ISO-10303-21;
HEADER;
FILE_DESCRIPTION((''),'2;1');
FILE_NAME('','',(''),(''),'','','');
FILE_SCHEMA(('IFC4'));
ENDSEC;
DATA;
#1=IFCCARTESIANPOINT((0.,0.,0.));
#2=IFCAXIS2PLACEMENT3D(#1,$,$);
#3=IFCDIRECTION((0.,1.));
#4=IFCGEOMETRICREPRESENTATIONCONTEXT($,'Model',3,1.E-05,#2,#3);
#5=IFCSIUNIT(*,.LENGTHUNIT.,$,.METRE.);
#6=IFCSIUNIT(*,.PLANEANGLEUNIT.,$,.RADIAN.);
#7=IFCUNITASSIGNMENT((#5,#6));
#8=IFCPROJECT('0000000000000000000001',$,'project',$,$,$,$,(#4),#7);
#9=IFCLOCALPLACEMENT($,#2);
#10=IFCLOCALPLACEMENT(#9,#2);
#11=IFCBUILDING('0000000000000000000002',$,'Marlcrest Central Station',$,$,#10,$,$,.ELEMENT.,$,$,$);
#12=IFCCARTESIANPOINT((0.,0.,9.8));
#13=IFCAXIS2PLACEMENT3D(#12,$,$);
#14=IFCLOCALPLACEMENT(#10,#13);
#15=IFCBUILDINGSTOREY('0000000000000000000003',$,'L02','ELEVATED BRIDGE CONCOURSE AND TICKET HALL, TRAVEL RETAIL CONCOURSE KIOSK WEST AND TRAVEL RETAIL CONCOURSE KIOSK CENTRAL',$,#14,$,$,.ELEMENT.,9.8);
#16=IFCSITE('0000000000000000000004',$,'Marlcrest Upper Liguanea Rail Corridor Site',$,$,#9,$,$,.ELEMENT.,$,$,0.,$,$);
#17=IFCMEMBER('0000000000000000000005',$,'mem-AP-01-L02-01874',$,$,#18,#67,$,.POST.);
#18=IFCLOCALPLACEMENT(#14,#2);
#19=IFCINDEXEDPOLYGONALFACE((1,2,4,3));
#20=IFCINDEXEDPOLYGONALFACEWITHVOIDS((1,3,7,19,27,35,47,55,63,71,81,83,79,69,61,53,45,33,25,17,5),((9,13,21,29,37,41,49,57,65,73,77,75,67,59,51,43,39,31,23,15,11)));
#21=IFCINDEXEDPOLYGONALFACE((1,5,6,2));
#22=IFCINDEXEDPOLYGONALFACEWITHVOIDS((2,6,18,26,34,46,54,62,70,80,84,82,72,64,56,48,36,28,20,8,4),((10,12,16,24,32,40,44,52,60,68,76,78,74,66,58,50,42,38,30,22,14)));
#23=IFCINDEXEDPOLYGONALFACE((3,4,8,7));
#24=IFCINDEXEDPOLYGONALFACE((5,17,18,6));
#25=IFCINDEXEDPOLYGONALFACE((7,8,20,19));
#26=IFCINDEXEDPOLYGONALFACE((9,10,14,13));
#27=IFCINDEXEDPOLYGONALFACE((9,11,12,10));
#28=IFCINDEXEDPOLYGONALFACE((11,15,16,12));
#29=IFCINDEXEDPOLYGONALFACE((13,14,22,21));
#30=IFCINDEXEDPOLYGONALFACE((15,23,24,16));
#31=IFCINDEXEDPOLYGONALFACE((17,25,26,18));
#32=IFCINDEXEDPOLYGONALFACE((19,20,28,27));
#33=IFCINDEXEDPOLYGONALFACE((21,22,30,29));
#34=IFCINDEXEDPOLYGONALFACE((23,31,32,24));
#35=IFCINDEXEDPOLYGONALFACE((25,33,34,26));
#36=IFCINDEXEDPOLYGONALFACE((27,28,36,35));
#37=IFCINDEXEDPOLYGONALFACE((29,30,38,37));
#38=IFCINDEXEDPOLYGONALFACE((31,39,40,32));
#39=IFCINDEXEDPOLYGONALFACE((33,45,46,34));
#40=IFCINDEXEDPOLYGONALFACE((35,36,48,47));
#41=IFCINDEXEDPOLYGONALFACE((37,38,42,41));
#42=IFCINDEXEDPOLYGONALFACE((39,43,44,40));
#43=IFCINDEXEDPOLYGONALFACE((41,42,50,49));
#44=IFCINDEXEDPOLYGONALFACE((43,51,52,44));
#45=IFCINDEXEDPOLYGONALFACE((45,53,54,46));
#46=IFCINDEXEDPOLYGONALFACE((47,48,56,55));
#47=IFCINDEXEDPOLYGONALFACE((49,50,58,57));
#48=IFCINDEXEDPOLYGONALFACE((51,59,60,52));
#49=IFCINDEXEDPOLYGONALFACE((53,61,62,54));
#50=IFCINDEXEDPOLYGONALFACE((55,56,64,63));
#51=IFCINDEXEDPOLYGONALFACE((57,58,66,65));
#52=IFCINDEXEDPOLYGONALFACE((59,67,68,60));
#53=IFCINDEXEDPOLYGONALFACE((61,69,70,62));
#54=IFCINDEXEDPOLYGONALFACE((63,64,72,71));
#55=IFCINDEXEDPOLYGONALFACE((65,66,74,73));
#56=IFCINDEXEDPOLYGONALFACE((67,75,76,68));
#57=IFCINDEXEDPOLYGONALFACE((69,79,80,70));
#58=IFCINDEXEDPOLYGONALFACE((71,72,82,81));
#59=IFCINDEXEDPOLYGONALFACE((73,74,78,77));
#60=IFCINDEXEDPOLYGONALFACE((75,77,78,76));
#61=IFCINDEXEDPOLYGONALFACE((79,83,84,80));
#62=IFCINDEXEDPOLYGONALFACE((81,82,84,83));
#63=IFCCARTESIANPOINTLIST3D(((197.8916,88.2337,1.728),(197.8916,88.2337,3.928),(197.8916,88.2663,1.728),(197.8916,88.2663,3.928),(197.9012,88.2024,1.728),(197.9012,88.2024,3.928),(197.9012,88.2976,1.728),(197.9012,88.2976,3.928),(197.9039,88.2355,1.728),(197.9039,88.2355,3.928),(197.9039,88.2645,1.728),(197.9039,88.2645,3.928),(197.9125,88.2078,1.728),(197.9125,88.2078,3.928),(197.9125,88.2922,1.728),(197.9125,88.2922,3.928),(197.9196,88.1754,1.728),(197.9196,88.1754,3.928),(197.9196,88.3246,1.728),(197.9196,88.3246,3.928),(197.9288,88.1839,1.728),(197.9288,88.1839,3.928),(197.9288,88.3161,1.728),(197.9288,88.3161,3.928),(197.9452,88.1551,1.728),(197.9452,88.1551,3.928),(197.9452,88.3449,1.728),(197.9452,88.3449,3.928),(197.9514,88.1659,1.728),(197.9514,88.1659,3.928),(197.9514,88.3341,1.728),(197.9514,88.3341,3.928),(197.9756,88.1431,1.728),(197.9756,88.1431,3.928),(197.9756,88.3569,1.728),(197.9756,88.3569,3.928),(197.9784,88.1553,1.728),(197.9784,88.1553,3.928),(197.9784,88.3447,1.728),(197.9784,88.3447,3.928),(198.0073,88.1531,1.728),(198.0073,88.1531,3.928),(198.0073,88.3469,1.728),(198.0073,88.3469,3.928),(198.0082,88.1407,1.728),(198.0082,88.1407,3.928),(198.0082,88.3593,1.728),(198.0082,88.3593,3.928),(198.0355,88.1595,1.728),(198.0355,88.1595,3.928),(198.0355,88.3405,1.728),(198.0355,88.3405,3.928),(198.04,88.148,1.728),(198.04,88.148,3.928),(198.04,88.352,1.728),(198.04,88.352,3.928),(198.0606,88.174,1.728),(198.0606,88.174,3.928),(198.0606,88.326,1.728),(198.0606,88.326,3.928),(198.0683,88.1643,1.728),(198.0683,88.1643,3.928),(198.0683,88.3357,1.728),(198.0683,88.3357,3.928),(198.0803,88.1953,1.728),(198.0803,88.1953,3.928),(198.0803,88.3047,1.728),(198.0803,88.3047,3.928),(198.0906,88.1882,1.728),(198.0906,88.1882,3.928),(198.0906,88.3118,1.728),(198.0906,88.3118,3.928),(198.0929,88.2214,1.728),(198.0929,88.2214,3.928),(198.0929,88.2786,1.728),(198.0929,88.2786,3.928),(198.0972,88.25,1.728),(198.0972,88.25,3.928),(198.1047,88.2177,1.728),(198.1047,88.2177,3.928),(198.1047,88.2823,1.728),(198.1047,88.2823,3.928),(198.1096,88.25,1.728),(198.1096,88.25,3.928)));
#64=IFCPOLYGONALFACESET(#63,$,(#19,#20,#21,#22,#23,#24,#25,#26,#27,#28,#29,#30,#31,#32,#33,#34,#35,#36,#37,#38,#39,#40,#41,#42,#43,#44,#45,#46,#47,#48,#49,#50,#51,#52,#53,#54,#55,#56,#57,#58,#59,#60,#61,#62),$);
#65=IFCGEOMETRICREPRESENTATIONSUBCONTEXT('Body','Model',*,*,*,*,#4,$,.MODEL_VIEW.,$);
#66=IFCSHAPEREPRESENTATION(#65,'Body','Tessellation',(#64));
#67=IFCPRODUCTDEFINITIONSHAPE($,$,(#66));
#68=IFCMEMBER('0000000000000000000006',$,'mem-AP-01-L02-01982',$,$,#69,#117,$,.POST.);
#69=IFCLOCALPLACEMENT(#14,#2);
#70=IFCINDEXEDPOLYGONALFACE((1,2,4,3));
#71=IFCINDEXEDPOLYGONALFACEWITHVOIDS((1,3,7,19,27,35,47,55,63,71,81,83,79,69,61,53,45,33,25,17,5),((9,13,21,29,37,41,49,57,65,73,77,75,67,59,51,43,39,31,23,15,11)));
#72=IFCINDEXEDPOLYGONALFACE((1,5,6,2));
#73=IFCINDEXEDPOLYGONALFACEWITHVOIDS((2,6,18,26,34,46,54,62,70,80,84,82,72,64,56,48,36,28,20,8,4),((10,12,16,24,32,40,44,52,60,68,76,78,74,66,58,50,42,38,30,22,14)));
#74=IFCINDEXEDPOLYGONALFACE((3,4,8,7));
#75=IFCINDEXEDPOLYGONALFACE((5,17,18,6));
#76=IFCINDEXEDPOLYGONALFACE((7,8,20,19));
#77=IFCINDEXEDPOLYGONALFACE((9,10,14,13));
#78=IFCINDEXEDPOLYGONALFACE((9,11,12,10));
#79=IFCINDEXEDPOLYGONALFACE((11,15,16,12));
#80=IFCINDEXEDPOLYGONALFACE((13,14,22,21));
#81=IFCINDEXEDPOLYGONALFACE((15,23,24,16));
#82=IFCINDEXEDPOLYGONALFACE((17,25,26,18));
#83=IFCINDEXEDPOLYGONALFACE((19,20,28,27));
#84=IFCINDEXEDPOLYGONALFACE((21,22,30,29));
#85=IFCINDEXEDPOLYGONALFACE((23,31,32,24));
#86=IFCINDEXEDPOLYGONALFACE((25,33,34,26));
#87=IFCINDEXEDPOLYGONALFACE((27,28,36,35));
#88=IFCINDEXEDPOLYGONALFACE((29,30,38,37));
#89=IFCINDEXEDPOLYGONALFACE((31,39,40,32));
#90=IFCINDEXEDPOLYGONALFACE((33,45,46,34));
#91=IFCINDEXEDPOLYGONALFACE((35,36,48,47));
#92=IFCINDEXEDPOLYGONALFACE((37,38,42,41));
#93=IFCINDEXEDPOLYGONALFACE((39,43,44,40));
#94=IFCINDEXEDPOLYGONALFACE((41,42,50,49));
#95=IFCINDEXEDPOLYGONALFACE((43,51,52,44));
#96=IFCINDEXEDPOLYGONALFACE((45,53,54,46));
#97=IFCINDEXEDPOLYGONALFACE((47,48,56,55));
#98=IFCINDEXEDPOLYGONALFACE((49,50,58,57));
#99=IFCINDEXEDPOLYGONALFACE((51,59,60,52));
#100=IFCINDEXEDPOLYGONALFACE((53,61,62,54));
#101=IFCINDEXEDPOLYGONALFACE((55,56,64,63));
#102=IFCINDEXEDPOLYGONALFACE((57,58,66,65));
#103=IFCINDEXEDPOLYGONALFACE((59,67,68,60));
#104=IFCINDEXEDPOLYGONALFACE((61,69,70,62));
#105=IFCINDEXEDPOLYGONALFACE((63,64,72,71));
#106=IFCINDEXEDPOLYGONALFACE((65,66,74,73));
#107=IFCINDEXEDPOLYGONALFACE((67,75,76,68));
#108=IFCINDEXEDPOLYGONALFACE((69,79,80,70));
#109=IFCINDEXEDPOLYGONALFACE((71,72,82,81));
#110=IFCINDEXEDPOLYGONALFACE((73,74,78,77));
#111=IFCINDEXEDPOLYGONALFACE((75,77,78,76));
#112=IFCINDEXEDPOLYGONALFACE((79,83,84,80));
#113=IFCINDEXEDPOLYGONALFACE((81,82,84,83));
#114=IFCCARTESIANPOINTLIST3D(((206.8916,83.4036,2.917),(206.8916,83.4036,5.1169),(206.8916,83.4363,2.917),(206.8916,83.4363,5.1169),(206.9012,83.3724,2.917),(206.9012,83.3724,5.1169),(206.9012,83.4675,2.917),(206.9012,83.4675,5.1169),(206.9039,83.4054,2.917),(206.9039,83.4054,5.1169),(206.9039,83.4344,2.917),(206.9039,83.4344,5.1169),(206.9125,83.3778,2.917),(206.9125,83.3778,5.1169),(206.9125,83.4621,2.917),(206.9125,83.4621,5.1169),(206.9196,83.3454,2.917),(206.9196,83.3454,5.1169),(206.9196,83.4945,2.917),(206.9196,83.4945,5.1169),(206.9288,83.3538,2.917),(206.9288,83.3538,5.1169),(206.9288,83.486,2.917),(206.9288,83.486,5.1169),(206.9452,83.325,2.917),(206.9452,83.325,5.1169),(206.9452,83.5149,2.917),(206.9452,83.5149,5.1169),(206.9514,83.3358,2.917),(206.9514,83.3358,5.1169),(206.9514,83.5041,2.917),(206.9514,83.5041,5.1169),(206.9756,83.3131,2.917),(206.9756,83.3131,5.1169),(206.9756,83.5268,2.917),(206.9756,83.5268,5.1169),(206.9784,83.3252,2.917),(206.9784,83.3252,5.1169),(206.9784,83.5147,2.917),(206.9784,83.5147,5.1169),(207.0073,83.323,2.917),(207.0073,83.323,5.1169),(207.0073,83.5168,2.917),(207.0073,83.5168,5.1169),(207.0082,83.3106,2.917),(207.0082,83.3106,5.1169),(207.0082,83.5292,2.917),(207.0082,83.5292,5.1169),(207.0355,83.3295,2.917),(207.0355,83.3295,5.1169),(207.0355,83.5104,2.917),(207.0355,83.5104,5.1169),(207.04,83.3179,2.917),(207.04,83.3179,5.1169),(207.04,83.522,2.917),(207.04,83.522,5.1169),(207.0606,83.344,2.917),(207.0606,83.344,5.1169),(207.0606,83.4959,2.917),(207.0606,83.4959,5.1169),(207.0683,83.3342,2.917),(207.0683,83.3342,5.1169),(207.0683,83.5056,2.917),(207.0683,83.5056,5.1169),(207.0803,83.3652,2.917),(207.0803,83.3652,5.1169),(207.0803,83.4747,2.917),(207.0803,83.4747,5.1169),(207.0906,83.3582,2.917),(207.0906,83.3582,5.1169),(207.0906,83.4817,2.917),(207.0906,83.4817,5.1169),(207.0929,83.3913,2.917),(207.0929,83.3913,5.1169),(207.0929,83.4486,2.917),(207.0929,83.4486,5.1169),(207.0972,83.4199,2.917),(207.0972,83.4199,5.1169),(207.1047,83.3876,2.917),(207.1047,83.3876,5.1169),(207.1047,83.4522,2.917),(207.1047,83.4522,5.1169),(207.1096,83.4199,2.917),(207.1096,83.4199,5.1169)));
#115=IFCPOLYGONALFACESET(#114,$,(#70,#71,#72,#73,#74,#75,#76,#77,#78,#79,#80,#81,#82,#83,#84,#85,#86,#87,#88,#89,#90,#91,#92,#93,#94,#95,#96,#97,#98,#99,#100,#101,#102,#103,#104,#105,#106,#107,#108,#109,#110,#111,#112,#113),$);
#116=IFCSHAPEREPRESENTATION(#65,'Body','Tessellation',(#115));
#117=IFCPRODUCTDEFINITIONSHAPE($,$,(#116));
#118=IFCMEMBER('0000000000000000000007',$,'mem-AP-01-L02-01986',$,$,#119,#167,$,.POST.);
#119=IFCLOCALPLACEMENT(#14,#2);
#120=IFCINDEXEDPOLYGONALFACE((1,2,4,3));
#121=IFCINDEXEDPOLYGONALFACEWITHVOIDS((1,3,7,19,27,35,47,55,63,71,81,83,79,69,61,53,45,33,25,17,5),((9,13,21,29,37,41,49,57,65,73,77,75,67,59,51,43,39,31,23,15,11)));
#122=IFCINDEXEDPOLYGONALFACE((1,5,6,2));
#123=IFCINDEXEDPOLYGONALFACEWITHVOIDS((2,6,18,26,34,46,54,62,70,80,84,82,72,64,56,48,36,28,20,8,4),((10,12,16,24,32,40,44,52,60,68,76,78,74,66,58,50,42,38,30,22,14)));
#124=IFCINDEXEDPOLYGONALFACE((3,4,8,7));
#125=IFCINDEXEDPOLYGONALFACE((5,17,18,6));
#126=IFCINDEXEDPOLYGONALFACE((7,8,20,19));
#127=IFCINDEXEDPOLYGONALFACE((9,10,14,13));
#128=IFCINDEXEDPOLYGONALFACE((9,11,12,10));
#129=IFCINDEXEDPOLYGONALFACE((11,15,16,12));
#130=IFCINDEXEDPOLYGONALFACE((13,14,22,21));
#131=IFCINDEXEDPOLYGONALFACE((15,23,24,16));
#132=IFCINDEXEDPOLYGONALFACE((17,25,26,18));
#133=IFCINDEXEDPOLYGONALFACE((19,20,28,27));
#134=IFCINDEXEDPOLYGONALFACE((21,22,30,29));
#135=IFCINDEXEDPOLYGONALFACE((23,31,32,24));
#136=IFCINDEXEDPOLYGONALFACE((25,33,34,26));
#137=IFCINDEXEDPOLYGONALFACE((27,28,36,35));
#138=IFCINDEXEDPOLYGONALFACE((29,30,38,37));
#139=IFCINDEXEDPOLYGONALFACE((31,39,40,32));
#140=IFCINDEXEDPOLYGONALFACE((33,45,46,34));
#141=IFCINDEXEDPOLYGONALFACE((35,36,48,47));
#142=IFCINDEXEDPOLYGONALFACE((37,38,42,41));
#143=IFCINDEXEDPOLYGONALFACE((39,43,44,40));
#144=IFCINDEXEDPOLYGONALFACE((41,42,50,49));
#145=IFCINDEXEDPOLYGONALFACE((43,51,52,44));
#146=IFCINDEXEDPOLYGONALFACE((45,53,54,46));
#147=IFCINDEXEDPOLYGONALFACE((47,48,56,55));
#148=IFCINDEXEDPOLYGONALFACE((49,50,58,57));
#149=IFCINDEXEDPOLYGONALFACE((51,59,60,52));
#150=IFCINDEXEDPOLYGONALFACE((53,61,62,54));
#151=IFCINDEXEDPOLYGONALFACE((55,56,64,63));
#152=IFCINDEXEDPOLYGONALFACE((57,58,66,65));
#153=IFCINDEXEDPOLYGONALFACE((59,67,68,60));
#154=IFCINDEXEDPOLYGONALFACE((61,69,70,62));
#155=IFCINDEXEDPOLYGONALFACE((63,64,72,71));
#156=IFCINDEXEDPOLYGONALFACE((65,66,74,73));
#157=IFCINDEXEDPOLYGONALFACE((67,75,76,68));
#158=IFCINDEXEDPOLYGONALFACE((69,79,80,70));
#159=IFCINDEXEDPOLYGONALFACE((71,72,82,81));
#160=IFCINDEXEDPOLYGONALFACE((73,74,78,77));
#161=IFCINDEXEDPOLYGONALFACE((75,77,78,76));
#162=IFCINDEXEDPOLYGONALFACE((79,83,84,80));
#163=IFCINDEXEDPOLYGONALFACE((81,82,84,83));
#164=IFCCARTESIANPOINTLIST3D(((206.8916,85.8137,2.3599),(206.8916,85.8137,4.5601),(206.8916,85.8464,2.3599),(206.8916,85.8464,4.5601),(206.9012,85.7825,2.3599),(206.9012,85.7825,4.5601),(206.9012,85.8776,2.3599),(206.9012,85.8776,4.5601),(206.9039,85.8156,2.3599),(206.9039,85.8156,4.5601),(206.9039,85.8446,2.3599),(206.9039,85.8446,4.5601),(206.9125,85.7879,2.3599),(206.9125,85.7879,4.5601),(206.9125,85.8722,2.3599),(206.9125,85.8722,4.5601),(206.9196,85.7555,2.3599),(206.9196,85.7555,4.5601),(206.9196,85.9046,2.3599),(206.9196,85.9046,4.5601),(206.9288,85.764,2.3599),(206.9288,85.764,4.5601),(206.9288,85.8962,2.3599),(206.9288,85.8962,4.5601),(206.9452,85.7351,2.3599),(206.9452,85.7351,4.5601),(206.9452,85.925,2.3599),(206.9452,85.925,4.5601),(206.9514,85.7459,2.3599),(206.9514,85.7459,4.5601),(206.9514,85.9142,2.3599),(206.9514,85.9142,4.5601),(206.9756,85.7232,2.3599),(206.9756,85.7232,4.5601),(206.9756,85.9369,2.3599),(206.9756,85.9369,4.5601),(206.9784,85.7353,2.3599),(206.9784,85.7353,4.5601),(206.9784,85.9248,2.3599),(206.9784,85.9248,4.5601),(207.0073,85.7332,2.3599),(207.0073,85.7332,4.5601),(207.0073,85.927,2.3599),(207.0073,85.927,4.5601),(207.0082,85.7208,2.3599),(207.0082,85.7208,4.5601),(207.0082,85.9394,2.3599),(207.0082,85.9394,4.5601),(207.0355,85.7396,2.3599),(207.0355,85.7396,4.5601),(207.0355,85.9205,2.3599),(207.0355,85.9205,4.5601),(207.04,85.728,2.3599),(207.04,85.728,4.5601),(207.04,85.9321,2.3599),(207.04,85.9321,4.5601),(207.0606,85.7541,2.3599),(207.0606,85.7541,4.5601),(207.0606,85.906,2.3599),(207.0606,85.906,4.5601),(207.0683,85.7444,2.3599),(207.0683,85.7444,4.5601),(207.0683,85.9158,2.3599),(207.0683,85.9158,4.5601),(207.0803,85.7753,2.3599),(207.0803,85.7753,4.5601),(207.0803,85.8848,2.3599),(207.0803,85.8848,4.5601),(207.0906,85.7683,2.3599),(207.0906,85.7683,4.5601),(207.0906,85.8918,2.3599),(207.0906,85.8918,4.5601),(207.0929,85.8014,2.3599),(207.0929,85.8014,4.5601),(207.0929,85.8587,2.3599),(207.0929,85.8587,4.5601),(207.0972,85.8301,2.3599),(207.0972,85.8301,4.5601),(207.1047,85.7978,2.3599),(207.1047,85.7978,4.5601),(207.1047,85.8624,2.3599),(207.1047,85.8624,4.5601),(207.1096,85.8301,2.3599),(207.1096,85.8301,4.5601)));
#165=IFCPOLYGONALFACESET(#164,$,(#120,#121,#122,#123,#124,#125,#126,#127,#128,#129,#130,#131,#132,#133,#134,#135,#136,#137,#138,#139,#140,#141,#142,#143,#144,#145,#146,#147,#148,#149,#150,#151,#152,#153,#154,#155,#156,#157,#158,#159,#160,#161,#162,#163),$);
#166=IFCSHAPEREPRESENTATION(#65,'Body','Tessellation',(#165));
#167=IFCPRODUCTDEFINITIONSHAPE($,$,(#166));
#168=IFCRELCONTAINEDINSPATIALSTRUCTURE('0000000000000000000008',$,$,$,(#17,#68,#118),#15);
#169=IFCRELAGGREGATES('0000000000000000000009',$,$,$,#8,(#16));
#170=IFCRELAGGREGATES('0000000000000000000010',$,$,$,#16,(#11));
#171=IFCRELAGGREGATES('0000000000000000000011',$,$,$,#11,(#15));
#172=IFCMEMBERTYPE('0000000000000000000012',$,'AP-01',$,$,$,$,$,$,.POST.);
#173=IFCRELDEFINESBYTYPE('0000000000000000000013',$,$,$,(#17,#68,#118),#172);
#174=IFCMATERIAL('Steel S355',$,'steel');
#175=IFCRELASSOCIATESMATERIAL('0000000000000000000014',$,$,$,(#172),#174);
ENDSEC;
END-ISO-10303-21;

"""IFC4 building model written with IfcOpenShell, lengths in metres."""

from ifc_helpers import new_model, si_unit, direction, frame, origin, origin_2d, place, context, subcontext, project, spatial, hollow_circle, extrude, material, material_profile, profile_set, type_object, element, save


model = new_model("IFC4")

# Units and contexts
model_context = context("Model", 3, precision=1e-05, world=origin(), true_north=direction((0.0, 1.0)))
body_context = subcontext(model_context, "Body", "Model", "MODEL_VIEW")
ifc_project = project(units=[si_unit("LENGTHUNIT", "METRE"), si_unit("PLANEANGLEUNIT", "RADIAN")], contexts=[model_context])

# Site, building, storey
site_placement = place(None, origin())
site = spatial("IfcSite", under=ifc_project, at=site_placement, Name="Marlcrest Upper Liguanea Rail Corridor Site", CompositionType="ELEMENT", RefElevation=0.0)
building_placement = place(site_placement, origin())
building = spatial("IfcBuilding", under=site, at=building_placement, Name="Marlcrest Central Station", CompositionType="ELEMENT")
storey_placement = place(building_placement, frame((0.0, 0.0, 9.8)))
storey = spatial("IfcBuildingStorey", under=building, at=storey_placement, Name="L02", Description="ELEVATED BRIDGE CONCOURSE AND TICKET HALL, TRAVEL RETAIL CONCOURSE KIOSK WEST AND TRAVEL RETAIL CONCOURSE KIOSK CENTRAL", CompositionType="ELEMENT", Elevation=9.8)

# Members
ifc_material_1 = material(Name="Steel S355", Category="steel")
ifc_material_profile_1 = material_profile(ifc_material_1, hollow_circle(Radius=0.1096, WallThickness=0.0125, at=origin_2d()), Name="CHS 219.1x12.5")
ifc_profile_set_1 = profile_set([ifc_material_profile_1], Name="Steel S355")
member_type_1 = type_object("IfcMemberType", Name="AP-01", PredefinedType="POST", material=ifc_profile_set_1)
for number, where, z_axis, x_axis, name in (
    (1, (198.0, 88.25, 1.728), (0.0, 0.0, 1.0), (1.0, 0.0, 0.0), "mem-AP-01-L02-01874"),
    (2, (207.0, 83.4199, 2.917), (0.0, 0.0, 1.0), (1.0, 0.0, 0.0), "mem-AP-01-L02-01982"),
):
    element("IfcMember", number, at=place(storey_placement, frame(where, z_axis=z_axis, x_axis=x_axis)), inside=storey, type_object=member_type_1, Name=name, PredefinedType="POST", context=body_context, shape_type="SweptSolid", body=[
        extrude(hollow_circle(Radius=0.1096, WallThickness=0.0125, at=origin_2d()), origin(), (0.0, 0.0, 1.0), 2.2),
    ])
member_1_placement = place(storey_placement, frame((207.0, 85.8301, 2.3599), z_axis=(0.0, 0.0, 1.0), x_axis=(1.0, 0.0, 0.0)))
element("IfcMember", 3, at=member_1_placement, inside=storey, type_object=member_type_1, Name="mem-AP-01-L02-01986", PredefinedType="POST", context=body_context, shape_type="SweptSolid", body=[
    extrude(hollow_circle(Radius=0.1096, WallThickness=0.0125, at=origin_2d()), origin(), (0.0, 0.0, 1.0), 2.2002),
])

save(model, "model.ifc")
